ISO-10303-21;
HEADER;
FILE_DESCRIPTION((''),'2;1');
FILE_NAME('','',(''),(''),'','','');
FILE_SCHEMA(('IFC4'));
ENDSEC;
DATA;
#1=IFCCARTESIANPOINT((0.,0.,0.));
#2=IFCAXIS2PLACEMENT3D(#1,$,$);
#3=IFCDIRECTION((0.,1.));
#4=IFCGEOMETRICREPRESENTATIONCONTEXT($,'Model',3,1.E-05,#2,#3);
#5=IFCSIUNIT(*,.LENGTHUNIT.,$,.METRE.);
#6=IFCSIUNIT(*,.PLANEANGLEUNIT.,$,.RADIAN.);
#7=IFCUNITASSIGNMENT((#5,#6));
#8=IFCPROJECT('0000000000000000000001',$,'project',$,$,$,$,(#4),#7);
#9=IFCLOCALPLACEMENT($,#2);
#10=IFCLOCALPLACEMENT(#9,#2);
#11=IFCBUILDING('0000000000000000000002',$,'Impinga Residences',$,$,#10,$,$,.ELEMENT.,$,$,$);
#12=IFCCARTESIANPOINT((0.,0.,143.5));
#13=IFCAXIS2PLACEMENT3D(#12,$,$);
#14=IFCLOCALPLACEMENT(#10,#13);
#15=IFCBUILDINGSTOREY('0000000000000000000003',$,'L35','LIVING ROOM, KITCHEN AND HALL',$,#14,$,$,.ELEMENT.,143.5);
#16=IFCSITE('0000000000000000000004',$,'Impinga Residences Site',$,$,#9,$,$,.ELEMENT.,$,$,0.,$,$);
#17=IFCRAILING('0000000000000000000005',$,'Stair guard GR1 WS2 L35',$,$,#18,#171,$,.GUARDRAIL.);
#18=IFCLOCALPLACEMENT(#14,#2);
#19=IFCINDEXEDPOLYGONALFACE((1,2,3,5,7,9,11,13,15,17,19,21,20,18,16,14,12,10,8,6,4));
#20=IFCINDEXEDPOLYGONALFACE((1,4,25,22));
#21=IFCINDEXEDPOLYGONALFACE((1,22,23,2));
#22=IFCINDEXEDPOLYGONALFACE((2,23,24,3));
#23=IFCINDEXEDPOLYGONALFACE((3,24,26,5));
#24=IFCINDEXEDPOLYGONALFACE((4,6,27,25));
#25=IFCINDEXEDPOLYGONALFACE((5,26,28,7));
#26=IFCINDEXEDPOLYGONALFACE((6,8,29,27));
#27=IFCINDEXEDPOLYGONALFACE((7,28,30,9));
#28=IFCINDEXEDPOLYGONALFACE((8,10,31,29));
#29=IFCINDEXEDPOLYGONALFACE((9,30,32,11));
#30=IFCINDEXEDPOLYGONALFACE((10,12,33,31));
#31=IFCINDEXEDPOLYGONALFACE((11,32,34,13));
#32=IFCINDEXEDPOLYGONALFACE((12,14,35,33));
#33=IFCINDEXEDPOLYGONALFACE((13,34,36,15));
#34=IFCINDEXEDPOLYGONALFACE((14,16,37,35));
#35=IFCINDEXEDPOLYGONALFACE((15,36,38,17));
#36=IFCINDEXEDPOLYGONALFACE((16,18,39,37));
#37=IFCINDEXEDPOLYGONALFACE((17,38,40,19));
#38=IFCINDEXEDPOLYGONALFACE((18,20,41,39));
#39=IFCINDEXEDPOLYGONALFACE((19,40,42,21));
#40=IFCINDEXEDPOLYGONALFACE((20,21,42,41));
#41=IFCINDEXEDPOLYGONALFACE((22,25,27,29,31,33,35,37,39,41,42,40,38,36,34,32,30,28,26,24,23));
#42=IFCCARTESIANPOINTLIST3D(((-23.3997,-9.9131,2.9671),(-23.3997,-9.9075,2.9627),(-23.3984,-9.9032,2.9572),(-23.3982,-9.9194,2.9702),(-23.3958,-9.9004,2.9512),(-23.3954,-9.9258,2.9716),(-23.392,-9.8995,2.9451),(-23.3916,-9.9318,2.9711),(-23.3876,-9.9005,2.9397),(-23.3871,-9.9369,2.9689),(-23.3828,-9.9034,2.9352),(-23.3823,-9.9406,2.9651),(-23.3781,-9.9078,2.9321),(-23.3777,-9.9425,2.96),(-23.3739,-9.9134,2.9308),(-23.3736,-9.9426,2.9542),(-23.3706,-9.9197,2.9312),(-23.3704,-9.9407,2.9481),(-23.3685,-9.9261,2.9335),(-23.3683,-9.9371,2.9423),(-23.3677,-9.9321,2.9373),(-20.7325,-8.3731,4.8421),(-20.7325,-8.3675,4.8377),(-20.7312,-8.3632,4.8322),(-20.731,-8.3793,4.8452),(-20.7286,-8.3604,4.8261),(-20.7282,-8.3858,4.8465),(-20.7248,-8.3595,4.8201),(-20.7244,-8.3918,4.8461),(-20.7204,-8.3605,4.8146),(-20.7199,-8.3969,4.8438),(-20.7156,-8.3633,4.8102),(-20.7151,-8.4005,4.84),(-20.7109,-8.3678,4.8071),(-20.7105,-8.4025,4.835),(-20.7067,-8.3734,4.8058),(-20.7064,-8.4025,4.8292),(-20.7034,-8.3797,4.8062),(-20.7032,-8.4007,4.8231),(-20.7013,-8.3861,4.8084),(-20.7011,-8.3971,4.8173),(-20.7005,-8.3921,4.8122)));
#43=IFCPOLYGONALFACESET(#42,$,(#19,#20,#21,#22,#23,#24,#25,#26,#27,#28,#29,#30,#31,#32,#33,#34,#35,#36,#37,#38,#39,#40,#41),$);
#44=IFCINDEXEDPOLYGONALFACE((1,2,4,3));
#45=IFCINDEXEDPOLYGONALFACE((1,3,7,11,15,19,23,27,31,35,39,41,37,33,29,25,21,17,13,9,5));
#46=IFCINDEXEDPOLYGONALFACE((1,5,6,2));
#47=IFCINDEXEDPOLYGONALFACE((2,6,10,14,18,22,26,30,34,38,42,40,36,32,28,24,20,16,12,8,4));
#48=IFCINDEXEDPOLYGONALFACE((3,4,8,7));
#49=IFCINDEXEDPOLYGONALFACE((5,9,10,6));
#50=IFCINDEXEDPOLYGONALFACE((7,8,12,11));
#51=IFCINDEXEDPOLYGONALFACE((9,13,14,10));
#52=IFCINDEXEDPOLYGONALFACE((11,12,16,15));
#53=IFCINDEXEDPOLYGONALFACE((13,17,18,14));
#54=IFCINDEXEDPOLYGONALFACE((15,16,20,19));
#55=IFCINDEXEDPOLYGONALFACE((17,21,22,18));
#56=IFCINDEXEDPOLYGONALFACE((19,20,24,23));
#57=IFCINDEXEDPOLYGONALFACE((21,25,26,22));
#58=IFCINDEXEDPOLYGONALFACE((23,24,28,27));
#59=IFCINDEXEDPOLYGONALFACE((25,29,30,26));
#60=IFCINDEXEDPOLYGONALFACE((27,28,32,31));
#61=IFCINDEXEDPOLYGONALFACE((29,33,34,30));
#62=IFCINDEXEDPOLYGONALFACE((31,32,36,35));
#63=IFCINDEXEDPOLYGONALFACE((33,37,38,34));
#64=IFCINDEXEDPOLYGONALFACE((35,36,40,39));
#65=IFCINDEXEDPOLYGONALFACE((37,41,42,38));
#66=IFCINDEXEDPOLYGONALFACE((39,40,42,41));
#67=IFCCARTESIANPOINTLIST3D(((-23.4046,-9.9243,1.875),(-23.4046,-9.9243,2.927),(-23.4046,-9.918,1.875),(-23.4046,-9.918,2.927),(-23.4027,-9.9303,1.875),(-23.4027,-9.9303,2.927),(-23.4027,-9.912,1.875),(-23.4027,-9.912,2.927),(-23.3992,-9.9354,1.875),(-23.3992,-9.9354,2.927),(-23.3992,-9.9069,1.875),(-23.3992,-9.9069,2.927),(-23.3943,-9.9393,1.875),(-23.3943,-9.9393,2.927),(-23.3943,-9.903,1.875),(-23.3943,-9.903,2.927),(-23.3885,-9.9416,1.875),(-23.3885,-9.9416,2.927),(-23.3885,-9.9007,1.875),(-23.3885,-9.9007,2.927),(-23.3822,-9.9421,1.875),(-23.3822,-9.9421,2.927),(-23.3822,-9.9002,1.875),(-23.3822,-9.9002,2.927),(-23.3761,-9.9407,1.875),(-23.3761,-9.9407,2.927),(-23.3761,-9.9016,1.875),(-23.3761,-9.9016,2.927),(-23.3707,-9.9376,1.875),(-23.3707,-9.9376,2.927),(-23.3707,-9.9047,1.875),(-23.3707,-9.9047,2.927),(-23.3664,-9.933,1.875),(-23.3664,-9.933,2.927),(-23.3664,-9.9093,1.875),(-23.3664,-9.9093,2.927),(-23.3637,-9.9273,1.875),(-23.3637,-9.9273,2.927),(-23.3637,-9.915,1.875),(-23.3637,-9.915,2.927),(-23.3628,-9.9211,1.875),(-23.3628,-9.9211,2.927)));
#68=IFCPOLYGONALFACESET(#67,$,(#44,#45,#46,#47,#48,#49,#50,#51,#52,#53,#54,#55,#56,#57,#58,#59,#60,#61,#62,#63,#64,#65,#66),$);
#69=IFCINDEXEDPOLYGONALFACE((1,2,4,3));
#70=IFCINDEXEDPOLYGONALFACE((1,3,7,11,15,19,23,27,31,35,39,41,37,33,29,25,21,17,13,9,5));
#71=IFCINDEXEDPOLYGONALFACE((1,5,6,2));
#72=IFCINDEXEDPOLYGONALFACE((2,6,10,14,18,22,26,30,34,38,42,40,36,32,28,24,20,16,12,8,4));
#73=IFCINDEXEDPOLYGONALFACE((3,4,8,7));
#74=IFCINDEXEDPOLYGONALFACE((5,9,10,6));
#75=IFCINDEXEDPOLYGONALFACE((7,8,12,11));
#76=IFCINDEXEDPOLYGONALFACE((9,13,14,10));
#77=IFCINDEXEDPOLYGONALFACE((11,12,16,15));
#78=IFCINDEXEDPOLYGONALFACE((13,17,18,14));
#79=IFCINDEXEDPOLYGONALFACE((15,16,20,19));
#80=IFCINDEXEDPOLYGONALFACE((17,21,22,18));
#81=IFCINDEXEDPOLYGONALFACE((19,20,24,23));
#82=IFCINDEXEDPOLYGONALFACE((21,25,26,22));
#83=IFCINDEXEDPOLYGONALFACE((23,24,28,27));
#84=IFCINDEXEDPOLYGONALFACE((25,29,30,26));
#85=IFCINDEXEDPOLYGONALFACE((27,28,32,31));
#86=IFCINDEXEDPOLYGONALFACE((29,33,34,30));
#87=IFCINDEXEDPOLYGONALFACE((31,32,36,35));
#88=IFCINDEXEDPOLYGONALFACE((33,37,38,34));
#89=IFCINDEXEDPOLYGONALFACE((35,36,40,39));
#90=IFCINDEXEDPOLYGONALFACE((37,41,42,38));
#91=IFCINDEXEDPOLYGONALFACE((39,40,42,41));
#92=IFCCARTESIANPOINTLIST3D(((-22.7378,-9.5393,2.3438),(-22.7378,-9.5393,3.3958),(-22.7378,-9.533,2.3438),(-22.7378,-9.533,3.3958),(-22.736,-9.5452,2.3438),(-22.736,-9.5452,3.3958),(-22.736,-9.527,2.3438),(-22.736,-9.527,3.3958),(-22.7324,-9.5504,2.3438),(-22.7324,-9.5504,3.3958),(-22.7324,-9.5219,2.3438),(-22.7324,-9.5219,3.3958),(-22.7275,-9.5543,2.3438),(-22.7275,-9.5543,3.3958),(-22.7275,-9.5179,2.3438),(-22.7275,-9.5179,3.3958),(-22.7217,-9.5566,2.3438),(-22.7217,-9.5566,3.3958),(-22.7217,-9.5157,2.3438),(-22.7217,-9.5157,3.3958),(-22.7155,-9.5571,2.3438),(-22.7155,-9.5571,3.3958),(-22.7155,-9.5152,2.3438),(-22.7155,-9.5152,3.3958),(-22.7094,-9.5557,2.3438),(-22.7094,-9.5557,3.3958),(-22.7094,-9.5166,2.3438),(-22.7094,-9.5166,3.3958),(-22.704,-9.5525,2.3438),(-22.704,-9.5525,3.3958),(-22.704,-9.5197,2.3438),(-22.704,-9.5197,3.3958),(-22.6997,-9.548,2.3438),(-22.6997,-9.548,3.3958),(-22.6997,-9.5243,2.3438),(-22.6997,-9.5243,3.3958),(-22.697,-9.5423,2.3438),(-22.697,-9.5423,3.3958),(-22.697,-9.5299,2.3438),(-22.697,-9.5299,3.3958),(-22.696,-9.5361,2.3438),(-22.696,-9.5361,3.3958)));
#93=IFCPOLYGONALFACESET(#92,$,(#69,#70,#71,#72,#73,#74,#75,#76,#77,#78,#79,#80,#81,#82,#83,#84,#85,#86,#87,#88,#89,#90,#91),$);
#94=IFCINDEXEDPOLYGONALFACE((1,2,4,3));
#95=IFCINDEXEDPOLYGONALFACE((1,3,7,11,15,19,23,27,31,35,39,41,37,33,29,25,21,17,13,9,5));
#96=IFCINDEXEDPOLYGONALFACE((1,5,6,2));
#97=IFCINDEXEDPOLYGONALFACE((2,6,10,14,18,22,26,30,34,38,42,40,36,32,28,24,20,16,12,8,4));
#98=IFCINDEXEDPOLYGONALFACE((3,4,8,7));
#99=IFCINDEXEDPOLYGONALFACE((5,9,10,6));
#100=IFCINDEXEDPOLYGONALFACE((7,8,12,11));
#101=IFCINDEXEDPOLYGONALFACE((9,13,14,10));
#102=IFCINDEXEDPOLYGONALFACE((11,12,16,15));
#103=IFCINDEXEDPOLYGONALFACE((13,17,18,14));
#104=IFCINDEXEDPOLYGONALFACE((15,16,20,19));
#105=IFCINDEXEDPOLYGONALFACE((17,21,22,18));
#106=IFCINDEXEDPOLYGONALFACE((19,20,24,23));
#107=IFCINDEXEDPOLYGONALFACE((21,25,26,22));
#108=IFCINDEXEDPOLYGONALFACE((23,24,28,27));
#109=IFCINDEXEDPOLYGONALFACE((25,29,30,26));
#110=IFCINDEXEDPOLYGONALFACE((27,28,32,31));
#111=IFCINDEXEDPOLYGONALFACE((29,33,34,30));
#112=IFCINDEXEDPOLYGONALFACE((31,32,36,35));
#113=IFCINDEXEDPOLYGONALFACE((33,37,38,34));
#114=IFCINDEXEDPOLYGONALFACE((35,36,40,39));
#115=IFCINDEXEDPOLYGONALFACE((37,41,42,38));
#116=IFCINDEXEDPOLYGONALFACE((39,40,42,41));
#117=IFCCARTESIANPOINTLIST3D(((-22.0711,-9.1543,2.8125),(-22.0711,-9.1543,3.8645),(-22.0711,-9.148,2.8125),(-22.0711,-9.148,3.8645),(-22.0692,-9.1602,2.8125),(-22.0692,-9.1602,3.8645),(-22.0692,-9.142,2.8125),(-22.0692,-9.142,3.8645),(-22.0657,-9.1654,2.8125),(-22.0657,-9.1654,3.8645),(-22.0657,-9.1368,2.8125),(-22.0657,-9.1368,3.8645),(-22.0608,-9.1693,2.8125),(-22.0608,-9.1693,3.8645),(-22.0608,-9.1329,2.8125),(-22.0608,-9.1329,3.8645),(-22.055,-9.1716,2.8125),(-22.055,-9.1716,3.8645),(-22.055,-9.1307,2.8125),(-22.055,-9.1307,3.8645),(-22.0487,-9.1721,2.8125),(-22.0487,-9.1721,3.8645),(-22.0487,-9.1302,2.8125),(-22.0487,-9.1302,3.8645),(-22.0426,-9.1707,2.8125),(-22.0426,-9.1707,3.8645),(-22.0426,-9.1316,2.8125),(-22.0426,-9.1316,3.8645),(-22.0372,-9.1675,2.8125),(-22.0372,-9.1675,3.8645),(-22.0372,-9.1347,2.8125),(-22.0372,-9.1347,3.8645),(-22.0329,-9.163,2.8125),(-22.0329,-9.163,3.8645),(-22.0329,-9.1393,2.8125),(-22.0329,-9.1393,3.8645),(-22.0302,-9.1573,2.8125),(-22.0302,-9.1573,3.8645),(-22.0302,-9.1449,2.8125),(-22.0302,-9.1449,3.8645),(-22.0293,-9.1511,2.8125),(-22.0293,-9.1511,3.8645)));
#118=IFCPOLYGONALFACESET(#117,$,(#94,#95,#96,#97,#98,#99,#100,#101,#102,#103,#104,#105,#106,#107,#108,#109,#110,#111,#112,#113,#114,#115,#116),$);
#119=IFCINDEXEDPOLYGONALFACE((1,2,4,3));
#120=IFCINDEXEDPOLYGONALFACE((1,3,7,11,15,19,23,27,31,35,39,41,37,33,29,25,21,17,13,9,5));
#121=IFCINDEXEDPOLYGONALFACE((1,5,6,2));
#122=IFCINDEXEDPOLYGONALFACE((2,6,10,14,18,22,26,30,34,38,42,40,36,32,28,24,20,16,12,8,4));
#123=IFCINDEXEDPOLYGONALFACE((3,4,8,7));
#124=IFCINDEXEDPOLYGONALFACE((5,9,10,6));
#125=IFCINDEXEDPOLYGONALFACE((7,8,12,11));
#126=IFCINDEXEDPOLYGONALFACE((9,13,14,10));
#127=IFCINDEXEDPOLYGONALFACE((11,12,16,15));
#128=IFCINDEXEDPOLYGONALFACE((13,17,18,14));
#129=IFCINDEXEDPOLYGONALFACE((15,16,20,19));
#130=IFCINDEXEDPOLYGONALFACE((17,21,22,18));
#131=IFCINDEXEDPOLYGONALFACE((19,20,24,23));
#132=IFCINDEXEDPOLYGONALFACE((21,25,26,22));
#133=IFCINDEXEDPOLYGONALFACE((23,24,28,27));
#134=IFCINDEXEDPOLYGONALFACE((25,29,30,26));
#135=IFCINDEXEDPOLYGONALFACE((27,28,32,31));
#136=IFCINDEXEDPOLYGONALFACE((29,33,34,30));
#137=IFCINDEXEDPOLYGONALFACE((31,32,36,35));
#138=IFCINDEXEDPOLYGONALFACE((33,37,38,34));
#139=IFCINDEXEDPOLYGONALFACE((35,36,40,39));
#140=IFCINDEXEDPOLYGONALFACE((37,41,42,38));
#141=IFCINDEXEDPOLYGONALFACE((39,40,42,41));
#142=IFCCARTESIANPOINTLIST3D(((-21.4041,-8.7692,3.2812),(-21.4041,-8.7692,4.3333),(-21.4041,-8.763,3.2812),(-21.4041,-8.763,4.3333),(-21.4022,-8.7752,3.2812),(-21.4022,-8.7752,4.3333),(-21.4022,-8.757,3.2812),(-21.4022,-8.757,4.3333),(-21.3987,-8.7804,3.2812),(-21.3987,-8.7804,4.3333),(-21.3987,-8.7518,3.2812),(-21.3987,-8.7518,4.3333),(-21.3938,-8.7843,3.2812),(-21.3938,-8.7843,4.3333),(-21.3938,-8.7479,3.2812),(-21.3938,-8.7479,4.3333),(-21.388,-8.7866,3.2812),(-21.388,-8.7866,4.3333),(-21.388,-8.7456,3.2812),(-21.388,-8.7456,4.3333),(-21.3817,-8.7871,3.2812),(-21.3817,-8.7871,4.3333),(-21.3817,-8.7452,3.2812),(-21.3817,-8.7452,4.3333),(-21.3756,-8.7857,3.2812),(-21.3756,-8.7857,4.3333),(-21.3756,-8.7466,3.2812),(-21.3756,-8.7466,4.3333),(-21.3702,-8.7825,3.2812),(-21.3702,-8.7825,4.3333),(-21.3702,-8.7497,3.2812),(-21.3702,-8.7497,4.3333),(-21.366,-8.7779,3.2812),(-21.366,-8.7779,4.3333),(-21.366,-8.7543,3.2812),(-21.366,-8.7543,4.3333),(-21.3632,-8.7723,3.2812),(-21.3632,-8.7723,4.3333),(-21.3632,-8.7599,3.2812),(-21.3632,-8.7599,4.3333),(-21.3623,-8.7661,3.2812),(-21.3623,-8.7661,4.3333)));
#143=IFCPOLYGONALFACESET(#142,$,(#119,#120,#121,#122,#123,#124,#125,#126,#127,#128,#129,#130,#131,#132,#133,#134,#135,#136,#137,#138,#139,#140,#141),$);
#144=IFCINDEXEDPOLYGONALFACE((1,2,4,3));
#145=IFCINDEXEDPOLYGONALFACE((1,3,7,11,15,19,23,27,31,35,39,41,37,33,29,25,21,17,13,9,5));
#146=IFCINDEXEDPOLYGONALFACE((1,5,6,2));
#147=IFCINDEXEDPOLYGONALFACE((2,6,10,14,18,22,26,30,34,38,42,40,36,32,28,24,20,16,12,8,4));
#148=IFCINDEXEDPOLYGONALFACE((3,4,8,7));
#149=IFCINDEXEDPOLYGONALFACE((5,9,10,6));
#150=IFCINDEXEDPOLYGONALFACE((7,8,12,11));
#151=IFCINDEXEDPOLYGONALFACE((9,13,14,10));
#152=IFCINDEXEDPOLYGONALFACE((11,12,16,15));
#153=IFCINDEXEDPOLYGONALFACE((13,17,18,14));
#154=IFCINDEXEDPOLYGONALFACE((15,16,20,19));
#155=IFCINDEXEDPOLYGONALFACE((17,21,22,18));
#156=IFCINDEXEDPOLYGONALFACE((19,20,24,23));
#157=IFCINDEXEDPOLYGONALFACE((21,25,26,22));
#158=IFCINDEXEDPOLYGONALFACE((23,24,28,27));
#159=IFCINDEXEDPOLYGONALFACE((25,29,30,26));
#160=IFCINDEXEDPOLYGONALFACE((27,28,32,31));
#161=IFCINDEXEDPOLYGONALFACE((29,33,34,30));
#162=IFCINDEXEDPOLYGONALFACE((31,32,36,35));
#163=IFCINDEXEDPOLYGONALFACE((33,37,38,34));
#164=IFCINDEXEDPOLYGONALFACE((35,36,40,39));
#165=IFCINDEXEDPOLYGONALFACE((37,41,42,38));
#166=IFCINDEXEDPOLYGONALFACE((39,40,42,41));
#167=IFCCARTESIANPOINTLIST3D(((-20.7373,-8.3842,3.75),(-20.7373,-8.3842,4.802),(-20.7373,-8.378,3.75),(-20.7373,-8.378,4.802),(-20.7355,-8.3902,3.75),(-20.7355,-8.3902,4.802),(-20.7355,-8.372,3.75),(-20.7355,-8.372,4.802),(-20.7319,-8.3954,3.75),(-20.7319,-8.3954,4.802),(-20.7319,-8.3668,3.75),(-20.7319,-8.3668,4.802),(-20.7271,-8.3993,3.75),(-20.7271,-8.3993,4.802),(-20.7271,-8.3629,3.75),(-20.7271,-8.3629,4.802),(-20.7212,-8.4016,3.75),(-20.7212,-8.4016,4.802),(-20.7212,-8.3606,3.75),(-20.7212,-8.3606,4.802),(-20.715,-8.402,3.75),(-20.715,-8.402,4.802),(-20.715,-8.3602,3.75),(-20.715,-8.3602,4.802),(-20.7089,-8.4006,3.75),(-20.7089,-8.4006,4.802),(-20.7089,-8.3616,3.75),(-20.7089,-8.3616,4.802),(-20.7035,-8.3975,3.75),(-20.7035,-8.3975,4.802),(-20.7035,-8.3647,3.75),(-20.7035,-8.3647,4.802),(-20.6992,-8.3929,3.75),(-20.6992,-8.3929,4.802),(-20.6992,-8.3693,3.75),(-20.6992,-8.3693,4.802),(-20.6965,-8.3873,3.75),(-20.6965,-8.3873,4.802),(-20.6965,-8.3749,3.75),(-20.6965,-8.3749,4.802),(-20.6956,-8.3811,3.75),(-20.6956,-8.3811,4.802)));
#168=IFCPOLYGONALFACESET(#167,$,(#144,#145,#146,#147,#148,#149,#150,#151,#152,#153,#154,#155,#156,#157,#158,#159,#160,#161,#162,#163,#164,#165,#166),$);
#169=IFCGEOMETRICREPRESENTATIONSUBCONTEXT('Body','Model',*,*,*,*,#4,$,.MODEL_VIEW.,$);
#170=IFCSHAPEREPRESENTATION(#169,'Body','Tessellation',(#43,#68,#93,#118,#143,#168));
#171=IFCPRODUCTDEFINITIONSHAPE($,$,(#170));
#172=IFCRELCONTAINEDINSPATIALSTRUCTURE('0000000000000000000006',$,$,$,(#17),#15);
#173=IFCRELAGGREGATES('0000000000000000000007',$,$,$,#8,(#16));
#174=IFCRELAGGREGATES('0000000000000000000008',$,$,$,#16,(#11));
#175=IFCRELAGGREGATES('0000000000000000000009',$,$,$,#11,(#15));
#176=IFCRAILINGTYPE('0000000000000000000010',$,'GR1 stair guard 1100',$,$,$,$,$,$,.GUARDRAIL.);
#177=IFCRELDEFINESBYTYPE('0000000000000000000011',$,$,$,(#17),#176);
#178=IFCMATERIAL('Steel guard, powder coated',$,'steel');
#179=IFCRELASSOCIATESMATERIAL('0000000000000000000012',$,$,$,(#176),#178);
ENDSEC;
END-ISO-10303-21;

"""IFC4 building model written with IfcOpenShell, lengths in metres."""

from ifc_helpers import new_model, si_unit, direction, frame, origin, origin_2d, place, context, subcontext, project, spatial, circle, extrude, material, type_object, element, save


model = new_model("IFC4")

# Units and contexts
model_context = context("Model", 3, precision=1e-05, world=origin(), true_north=direction((0.0, 1.0)))
body_context = subcontext(model_context, "Body", "Model", "MODEL_VIEW")
ifc_project = project(units=[si_unit("LENGTHUNIT", "METRE"), si_unit("PLANEANGLEUNIT", "RADIAN")], contexts=[model_context])

# Site, building, storey
site_placement = place(None, origin())
site = spatial("IfcSite", under=ifc_project, at=site_placement, Name="Impinga Residences Site", CompositionType="ELEMENT", RefElevation=0.0)
building_placement = place(site_placement, origin())
building = spatial("IfcBuilding", under=site, at=building_placement, Name="Impinga Residences", CompositionType="ELEMENT")
storey_placement = place(building_placement, frame((0.0, 0.0, 143.5)))
storey = spatial("IfcBuildingStorey", under=building, at=storey_placement, Name="L35", Description="LIVING ROOM, KITCHEN AND HALL", CompositionType="ELEMENT", Elevation=143.5)

# Railing
ifc_material_1 = material(Name="Steel guard, powder coated", Category="steel")
railing_type_1 = type_object("IfcRailingType", Name="GR1 stair guard 1100", PredefinedType="GUARDRAIL", material=ifc_material_1)
railing_1_placement = place(storey_placement, frame((-23.3838, -9.9211, 1.875)))
element("IfcRailing", 1, at=railing_1_placement, inside=storey, type_object=railing_type_1, Name="Stair guard GR1 WS2 L35", PredefinedType="GUARDRAIL", context=body_context, shape_type="SweptSolid", body=[
    extrude(circle(Radius=0.0239, at=origin_2d()), frame((0.0, 0.0, 1.0762), z_axis=(0.739716, 0.427105, 0.520002), x_axis=(-0.500027, 0.86601, 0.0)), (0.0, 0.0, 1.0), 3.6057),
    extrude(circle(Radius=0.021, at=origin_2d()), origin(), (0.0, 0.0, 1.0), 1.052),
    extrude(circle(Radius=0.021, at=origin_2d()), frame((0.6667, 0.385, 0.4688)), (0.0, 0.0, 1.0), 1.052),
    extrude(circle(Radius=0.021, at=origin_2d()), frame((1.3335, 0.77, 0.9375)), (0.0, 0.0, 1.0), 1.052),
    extrude(circle(Radius=0.021, at=origin_2d()), frame((2.0005, 1.155, 1.4062)), (0.0, 0.0, 1.0), 1.052),
    extrude(circle(Radius=0.021, at=origin_2d()), frame((2.6672, 1.54, 1.875)), (0.0, 0.0, 1.0), 1.052),
])

save(model, "model.ifc")
